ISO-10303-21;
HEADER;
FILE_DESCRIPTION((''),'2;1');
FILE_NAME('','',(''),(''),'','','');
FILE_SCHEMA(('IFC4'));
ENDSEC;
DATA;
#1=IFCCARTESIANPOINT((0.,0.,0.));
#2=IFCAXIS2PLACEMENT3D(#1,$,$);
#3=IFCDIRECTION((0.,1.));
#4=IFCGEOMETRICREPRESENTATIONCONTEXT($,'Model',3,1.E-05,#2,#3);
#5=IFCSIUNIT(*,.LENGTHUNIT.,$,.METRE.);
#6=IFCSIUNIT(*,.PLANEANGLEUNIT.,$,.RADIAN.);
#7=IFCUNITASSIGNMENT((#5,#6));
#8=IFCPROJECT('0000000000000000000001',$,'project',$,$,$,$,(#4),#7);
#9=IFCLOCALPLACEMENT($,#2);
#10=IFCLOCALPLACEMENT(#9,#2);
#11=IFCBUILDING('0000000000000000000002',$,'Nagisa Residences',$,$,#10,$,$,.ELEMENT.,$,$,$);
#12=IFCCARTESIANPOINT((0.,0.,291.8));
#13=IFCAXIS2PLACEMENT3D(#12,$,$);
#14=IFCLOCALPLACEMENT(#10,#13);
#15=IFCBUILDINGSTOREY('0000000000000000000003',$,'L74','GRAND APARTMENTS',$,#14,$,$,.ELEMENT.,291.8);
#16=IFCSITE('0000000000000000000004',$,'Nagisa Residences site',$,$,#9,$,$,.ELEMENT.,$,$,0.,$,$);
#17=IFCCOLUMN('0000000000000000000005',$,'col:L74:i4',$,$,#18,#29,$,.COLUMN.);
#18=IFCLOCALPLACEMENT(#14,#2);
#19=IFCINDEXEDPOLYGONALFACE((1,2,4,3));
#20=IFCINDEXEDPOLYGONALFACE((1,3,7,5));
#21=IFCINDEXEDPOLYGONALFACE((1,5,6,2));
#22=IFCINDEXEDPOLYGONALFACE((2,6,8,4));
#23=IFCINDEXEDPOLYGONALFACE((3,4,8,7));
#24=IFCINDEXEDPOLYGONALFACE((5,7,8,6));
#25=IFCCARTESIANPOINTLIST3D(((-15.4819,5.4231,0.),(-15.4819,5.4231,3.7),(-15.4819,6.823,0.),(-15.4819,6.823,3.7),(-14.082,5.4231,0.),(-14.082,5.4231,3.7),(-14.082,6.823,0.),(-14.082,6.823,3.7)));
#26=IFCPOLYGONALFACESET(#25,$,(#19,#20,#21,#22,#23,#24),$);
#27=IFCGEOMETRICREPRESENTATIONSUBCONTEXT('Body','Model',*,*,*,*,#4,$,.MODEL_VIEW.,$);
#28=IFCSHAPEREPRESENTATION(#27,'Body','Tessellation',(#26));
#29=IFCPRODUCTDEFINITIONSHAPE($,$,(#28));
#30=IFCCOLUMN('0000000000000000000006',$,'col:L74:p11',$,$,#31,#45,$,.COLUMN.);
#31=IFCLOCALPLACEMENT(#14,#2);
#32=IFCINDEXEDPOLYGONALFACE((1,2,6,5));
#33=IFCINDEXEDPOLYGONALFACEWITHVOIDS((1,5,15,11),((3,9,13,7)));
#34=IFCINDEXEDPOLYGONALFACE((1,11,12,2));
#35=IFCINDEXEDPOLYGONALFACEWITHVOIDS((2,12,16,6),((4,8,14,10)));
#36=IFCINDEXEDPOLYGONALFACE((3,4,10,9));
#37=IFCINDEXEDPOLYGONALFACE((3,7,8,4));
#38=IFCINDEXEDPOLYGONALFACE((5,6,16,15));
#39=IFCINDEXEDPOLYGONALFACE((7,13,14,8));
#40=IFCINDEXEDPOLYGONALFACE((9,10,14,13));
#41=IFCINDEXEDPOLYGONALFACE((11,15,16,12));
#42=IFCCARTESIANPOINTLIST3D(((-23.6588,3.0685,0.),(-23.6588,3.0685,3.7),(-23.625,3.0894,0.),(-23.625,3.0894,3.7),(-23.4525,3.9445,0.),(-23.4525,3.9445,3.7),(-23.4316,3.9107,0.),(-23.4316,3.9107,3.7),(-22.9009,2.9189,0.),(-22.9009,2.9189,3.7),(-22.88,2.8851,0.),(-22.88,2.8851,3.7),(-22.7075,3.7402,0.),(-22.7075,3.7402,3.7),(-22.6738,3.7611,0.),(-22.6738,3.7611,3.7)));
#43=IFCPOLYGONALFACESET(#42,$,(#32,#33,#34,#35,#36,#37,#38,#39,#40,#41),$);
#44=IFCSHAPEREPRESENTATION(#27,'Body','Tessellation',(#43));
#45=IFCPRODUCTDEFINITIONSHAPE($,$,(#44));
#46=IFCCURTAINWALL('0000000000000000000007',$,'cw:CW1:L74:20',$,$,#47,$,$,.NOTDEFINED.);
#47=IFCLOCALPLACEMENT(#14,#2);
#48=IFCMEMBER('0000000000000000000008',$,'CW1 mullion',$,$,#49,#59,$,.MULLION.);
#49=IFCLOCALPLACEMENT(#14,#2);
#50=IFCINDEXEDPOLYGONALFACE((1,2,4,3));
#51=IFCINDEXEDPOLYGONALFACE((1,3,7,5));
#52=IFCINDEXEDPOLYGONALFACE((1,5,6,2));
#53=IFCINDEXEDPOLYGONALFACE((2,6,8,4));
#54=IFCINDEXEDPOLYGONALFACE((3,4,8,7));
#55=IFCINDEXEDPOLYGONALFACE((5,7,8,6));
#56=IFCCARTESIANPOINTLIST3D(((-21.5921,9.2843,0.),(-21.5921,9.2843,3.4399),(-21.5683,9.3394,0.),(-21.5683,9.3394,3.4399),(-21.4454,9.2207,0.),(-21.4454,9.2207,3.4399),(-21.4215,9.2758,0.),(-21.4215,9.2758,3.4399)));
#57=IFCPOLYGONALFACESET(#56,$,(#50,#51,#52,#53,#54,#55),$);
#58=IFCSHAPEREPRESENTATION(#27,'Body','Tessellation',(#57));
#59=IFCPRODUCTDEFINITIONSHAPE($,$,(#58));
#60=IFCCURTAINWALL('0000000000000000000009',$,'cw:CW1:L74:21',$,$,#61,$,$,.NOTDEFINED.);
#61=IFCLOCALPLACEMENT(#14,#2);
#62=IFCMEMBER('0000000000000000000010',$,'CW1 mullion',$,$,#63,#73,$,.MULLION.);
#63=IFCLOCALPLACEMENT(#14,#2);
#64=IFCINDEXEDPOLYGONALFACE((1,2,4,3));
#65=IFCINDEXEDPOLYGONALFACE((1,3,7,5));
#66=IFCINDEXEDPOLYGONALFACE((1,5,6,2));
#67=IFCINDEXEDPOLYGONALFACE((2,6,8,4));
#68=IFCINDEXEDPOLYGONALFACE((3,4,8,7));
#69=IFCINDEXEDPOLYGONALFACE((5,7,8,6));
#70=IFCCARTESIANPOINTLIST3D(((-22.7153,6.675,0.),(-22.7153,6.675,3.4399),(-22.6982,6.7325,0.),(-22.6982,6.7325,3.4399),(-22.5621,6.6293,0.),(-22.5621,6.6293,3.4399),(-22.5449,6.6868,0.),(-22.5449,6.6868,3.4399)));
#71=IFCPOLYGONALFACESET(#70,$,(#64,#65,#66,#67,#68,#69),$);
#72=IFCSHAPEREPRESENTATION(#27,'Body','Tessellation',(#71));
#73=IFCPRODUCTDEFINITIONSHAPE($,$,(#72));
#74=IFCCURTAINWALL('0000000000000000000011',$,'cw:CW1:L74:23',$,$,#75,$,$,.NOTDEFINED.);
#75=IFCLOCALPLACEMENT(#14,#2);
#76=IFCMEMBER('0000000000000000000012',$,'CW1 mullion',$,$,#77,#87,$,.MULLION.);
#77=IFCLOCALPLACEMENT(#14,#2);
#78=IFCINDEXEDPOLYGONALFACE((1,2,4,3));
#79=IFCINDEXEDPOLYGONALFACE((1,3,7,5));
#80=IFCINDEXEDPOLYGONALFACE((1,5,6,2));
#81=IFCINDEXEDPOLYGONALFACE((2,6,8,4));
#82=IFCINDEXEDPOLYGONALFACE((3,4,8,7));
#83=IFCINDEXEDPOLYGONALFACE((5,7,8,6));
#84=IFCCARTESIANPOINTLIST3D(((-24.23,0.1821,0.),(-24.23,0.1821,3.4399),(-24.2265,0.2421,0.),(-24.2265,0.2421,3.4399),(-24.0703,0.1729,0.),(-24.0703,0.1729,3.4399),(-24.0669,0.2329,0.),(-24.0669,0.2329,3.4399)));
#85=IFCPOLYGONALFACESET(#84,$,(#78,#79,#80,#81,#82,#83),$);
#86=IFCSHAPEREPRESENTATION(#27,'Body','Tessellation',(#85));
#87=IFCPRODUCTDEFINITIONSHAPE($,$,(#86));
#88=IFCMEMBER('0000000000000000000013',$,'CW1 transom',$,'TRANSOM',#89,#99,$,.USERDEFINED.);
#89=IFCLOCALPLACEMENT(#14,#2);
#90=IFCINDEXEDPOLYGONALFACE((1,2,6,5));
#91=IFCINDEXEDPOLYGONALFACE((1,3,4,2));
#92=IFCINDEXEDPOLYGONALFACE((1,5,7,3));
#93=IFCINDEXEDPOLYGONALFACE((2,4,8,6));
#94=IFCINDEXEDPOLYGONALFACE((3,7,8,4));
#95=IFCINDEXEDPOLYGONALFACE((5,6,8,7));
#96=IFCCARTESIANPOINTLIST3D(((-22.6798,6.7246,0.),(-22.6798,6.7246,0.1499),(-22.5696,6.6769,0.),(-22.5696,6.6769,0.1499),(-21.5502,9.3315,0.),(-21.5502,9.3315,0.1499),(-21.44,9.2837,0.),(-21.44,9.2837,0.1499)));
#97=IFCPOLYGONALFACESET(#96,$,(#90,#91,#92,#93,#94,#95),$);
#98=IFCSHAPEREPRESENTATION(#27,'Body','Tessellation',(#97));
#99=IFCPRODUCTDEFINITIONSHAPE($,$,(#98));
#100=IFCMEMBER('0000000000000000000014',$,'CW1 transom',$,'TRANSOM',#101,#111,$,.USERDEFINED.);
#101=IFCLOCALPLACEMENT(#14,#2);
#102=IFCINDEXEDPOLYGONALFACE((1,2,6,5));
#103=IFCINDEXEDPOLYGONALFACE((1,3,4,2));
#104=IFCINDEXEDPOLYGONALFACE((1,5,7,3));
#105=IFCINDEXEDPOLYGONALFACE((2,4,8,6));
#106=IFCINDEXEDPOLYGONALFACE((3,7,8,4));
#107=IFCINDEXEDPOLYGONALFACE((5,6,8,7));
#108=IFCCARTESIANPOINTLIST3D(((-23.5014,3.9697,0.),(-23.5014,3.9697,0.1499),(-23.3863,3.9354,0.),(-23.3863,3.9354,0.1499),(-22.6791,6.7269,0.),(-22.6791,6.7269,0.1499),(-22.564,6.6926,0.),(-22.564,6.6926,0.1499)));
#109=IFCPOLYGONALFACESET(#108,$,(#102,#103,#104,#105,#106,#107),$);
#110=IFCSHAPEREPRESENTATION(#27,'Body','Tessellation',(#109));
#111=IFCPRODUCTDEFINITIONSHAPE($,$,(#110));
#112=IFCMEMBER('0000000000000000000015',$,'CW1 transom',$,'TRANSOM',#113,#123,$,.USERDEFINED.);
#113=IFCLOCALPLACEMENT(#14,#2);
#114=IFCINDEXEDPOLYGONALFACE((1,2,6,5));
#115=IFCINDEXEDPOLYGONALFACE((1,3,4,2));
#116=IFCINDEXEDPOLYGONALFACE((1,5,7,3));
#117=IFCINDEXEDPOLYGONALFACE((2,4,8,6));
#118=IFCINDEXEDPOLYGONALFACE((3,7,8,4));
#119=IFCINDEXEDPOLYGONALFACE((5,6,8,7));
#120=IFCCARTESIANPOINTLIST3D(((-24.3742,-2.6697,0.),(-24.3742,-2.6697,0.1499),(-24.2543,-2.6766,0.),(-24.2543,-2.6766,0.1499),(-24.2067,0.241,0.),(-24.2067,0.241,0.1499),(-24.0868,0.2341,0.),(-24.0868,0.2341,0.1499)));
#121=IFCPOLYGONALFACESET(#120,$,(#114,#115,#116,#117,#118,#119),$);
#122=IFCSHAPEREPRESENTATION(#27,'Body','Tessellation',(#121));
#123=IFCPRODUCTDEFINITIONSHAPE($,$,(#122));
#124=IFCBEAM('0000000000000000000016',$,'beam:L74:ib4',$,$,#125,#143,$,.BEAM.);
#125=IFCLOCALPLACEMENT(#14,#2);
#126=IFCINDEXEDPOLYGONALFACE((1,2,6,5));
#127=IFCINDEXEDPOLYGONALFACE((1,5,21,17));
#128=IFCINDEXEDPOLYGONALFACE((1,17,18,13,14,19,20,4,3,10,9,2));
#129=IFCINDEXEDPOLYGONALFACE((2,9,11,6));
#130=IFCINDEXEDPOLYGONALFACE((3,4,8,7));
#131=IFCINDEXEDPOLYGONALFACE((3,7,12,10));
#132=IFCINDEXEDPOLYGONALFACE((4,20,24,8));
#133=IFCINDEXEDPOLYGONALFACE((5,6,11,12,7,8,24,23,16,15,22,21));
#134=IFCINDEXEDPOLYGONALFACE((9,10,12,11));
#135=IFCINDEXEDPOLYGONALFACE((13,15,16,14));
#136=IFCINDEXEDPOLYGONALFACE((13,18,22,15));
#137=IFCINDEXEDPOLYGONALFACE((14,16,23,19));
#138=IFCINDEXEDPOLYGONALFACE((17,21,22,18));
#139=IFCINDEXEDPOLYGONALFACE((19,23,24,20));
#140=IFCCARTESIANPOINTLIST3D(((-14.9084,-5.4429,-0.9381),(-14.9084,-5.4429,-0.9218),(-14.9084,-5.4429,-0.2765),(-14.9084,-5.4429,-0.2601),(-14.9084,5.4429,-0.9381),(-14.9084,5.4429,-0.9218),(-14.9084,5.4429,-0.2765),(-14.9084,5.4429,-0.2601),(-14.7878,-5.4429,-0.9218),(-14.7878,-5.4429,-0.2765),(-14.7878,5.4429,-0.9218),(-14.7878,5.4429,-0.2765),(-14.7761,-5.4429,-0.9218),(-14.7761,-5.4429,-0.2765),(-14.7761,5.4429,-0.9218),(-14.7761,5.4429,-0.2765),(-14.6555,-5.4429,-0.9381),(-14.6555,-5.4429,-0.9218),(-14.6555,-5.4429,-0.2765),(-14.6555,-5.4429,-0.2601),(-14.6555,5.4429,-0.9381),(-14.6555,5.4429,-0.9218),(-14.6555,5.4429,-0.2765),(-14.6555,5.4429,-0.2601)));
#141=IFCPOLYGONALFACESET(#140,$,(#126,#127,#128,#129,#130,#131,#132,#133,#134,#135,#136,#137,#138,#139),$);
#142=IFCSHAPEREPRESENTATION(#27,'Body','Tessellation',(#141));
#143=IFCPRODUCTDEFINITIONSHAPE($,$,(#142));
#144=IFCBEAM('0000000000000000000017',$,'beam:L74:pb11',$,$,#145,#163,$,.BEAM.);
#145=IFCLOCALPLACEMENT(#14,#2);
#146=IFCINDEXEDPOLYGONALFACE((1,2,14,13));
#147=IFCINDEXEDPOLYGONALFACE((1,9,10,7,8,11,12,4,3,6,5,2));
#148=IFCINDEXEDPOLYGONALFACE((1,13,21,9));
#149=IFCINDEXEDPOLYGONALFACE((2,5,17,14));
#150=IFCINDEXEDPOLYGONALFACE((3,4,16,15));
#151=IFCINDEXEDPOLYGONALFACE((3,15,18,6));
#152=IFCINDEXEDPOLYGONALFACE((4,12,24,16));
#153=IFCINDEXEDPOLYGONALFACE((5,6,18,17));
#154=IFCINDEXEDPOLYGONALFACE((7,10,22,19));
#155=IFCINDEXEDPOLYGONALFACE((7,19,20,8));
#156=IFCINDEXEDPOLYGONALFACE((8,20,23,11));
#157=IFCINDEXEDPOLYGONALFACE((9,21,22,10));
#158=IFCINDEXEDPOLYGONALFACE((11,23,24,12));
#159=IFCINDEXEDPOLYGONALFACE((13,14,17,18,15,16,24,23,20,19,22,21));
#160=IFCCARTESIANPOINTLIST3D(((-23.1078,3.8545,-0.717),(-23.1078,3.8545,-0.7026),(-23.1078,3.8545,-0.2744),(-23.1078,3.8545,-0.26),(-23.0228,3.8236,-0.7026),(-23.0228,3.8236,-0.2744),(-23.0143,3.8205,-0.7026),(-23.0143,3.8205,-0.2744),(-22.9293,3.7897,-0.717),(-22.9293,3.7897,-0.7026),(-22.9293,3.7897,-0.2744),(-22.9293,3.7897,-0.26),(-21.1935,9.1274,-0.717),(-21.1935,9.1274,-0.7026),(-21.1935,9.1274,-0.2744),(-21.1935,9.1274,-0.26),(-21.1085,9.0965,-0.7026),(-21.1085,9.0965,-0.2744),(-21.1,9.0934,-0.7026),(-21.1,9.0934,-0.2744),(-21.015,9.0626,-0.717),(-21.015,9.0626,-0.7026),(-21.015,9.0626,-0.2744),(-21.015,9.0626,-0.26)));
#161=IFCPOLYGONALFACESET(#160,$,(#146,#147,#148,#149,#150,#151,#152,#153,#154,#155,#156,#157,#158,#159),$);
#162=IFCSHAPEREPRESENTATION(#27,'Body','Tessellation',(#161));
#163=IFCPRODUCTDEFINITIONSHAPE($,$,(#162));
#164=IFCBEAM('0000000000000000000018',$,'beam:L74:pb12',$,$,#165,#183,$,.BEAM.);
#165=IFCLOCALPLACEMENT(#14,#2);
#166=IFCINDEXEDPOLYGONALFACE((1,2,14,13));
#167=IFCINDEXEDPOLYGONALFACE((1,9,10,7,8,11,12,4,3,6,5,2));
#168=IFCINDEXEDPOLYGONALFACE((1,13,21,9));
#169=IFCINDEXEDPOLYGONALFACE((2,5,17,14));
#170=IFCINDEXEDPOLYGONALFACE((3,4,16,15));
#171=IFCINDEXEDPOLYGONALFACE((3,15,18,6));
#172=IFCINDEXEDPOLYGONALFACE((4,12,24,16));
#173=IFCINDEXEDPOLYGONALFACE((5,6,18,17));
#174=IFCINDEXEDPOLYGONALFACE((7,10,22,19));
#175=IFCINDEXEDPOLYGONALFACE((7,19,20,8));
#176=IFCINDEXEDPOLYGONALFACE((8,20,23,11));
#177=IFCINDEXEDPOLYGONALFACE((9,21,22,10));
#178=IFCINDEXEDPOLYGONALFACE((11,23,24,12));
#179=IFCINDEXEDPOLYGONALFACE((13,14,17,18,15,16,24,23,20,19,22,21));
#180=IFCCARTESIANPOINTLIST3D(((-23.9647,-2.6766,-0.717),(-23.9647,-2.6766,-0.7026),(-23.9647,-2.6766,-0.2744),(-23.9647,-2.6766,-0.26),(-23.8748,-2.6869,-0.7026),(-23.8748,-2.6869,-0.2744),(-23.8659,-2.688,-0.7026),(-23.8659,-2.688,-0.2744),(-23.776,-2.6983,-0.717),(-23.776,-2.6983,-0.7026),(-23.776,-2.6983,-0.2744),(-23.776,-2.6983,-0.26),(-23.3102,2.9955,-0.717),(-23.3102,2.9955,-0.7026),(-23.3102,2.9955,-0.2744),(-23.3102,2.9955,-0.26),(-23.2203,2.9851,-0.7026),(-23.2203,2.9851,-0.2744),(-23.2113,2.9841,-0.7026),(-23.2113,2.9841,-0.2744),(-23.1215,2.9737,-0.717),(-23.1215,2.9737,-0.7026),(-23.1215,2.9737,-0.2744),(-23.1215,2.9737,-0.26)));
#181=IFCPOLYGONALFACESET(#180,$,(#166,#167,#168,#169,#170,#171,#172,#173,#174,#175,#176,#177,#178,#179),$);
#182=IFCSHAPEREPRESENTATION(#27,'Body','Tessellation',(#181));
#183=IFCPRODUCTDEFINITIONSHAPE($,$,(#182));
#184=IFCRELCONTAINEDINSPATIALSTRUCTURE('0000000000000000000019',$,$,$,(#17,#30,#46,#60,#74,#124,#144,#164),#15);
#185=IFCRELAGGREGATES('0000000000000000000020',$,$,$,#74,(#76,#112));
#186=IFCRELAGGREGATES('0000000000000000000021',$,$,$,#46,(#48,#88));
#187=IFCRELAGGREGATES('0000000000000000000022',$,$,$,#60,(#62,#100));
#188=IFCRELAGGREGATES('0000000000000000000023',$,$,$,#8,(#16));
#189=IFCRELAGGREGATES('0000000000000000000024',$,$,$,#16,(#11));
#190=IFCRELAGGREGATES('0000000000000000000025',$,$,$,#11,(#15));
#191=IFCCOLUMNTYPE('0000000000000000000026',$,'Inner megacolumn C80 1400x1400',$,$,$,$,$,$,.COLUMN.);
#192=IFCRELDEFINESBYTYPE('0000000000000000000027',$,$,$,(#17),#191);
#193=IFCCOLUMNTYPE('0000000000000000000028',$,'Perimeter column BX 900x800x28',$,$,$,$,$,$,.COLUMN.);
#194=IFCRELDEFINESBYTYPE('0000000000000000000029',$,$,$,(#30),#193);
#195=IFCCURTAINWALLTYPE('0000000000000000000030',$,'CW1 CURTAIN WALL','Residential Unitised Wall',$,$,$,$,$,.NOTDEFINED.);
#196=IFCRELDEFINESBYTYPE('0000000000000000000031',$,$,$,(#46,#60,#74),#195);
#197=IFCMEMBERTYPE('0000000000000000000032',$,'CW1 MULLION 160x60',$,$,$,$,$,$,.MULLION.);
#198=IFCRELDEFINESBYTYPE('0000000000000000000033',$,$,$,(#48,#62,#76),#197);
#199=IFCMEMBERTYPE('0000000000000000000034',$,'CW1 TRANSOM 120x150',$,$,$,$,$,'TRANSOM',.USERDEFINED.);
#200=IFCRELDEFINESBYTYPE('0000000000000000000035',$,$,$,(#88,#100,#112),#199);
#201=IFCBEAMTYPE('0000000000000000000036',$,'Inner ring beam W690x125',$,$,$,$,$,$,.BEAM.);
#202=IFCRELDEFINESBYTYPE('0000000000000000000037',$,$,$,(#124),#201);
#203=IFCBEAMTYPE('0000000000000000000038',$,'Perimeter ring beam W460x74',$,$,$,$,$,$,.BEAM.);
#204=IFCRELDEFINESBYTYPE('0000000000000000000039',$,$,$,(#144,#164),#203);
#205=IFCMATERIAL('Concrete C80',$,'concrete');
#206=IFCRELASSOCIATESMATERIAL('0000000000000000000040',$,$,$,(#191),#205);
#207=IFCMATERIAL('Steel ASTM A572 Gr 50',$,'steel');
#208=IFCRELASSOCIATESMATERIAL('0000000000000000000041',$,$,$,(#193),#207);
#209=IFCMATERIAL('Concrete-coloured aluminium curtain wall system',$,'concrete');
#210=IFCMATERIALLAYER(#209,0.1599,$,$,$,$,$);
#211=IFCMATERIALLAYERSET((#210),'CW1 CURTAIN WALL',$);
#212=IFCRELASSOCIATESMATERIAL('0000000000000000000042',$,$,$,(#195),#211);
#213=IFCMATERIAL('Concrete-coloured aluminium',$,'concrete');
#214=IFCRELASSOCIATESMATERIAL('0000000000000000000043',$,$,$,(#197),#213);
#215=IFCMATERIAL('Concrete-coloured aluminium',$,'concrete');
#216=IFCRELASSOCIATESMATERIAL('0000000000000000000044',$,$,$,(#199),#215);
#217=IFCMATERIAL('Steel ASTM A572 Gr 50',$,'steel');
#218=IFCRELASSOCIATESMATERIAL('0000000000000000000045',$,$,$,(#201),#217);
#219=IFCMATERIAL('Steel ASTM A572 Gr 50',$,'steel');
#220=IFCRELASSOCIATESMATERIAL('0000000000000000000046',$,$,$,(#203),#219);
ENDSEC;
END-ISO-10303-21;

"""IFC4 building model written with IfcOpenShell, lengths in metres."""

from ifc_helpers import new_model, si_unit, direction, frame, origin, origin_2d, place, context, subcontext, project, spatial, rectangle, hollow_rectangle, i_section, extrude, material, layer, layer_set, material_profile, profile_set, type_object, element, aggregate, save


model = new_model("IFC4")

# Units and contexts
model_context = context("Model", 3, precision=1e-05, world=origin(), true_north=direction((0.0, 1.0)))
body_context = subcontext(model_context, "Body", "Model", "MODEL_VIEW")
ifc_project = project(units=[si_unit("LENGTHUNIT", "METRE"), si_unit("PLANEANGLEUNIT", "RADIAN")], contexts=[model_context])

# Site, building, storey
site_placement = place(None, origin())
site = spatial("IfcSite", under=ifc_project, at=site_placement, Name="Nagisa Residences site", CompositionType="ELEMENT", RefElevation=0.0)
building_placement = place(site_placement, origin())
building = spatial("IfcBuilding", under=site, at=building_placement, Name="Nagisa Residences", CompositionType="ELEMENT")
storey_placement = place(building_placement, frame((0.0, 0.0, 291.8)))
storey = spatial("IfcBuildingStorey", under=building, at=storey_placement, Name="L74", Description="GRAND APARTMENTS", CompositionType="ELEMENT", Elevation=291.8)

# Columns
ifc_material_1 = material(Name="Concrete C80", Category="concrete")
ifc_material_profile_1 = material_profile(ifc_material_1, rectangle(XDim=1.3999, YDim=1.3999, at=origin_2d()), Name="C80 1400x1400")
ifc_profile_set_1 = profile_set([ifc_material_profile_1], Name="Concrete C80")
column_type_1 = type_object("IfcColumnType", Name="Inner megacolumn C80 1400x1400", PredefinedType="COLUMN", material=ifc_profile_set_1)
column_1_placement = place(storey_placement, frame((-14.782, 6.123, 0.0), z_axis=(0.0, 0.0, 1.0), x_axis=(1.0, 0.0, 0.0)))
element("IfcColumn", 1, at=column_1_placement, inside=storey, type_object=column_type_1, Name="col:L74:i4", PredefinedType="COLUMN", context=body_context, shape_type="SweptSolid", body=[
    extrude(rectangle(XDim=1.3999, YDim=1.3999, at=origin_2d()), origin(), (0.0, 0.0, 1.0), 3.7),
])
ifc_material_2 = material(Name="Steel ASTM A572 Gr 50", Category="steel")
ifc_material_profile_2 = material_profile(ifc_material_2, hollow_rectangle(XDim=0.8999, YDim=0.8, WallThickness=0.0281, at=origin_2d()), Name="BX 900x800x28")
ifc_profile_set_2 = profile_set([ifc_material_profile_2], Name="Steel ASTM A572 Gr 50")
column_type_2 = type_object("IfcColumnType", Name="Perimeter column BX 900x800x28", PredefinedType="COLUMN", material=ifc_profile_set_2)
column_2_placement = place(storey_placement, frame((-23.1663, 3.4148, 0.0), z_axis=(0.0, 0.0, 1.0), x_axis=(-0.229202, -0.973379, 0.0)))
element("IfcColumn", 2, at=column_2_placement, inside=storey, type_object=column_type_2, Name="col:L74:p11", PredefinedType="COLUMN", context=body_context, shape_type="SweptSolid", body=[
    extrude(hollow_rectangle(XDim=0.8999, YDim=0.8, WallThickness=0.0281, at=origin_2d()), origin(), (0.0, 0.0, 1.0), 3.7),
])

# Curtain walls, members
ifc_material_3 = material(Name="Concrete-coloured aluminium curtain wall system", Category="concrete")
ifc_layer_1 = layer(ifc_material_3, 0.1599)
ifc_layer_set_1 = layer_set([ifc_layer_1], Name="CW1 CURTAIN WALL")
curtain_wall_type = type_object("IfcCurtainWallType", Name="CW1 CURTAIN WALL", Description="Residential Unitised Wall", PredefinedType="NOTDEFINED", material=ifc_layer_set_1)
curtain_wall_1_placement = place(storey_placement, origin())
curtain_wall_1 = element("IfcCurtainWall", 3, at=curtain_wall_1_placement, inside=storey, type_object=curtain_wall_type, Name="cw:CW1:L74:20", PredefinedType="NOTDEFINED")
ifc_material_4 = material(Name="Concrete-coloured aluminium", Category="concrete")
ifc_material_profile_3 = material_profile(ifc_material_4, rectangle(XDim=0.1599, YDim=0.0601, at=origin_2d()), Name="CW1 MULLION 160x60")
ifc_profile_set_3 = profile_set([ifc_material_profile_3], Name="Concrete-coloured aluminium")
member_type_1 = type_object("IfcMemberType", Name="CW1 MULLION 160x60", PredefinedType="MULLION", material=ifc_profile_set_3)
member_1_placement = place(storey_placement, frame((-21.5068, 9.28, 0.0), z_axis=(0.0, 0.0, 1.0), x_axis=(0.917543, -0.397636, 0.0)))
member_1 = element("IfcMember", 4, at=member_1_placement, type_object=member_type_1, Name="CW1 mullion", PredefinedType="MULLION", context=body_context, shape_type="SweptSolid", body=[
    extrude(rectangle(XDim=0.1599, YDim=0.0601, at=origin_2d()), origin(), (0.0, 0.0, 1.0), 3.4399),
])
curtain_wall_2_placement = place(storey_placement, origin())
curtain_wall_2 = element("IfcCurtainWall", 5, at=curtain_wall_2_placement, inside=storey, type_object=curtain_wall_type, Name="cw:CW1:L74:21", PredefinedType="NOTDEFINED")
member_2_placement = place(storey_placement, frame((-22.6301, 6.6809, 0.0), z_axis=(0.0, 0.0, 1.0), x_axis=(0.958271, -0.28586, 0.0)))
member_2 = element("IfcMember", 6, at=member_2_placement, type_object=member_type_1, Name="CW1 mullion", PredefinedType="MULLION", context=body_context, shape_type="SweptSolid", body=[
    extrude(rectangle(XDim=0.1599, YDim=0.0601, at=origin_2d()), origin(), (0.0, 0.0, 1.0), 3.4399),
])
curtain_wall_3_placement = place(storey_placement, origin())
curtain_wall_3 = element("IfcCurtainWall", 7, at=curtain_wall_3_placement, inside=storey, type_object=curtain_wall_type, Name="cw:CW1:L74:23", PredefinedType="NOTDEFINED")
member_3_placement = place(storey_placement, frame((-24.1484, 0.2075, 0.0), z_axis=(0.0, 0.0, 1.0), x_axis=(0.998345, -0.057503, 0.0)))
member_3 = element("IfcMember", 8, at=member_3_placement, type_object=member_type_1, Name="CW1 mullion", PredefinedType="MULLION", context=body_context, shape_type="SweptSolid", body=[
    extrude(rectangle(XDim=0.1599, YDim=0.0601, at=origin_2d()), origin(), (0.0, 0.0, 1.0), 3.4399),
])

# Members
ifc_material_5 = material(Name="Concrete-coloured aluminium", Category="concrete")
ifc_material_profile_4 = material_profile(ifc_material_5, rectangle(XDim=0.1201, YDim=0.1499, at=origin_2d()), Name="CW1 TRANSOM 120x150")
ifc_profile_set_4 = profile_set([ifc_material_profile_4], Name="Concrete-coloured aluminium")
member_type_2 = type_object("IfcMemberType", Name="CW1 TRANSOM 120x150", ElementType="TRANSOM", PredefinedType="USERDEFINED", material=ifc_profile_set_4)
member_4_placement = place(storey_placement, frame((-21.4951, 9.3076, 0.075), z_axis=(-0.397598, -0.91756, 0.0), x_axis=(0.91756, -0.397598, 0.0)))
member_4 = element("IfcMember", 9, at=member_4_placement, type_object=member_type_2, Name="CW1 transom", ObjectType="TRANSOM", PredefinedType="USERDEFINED", context=body_context, shape_type="SweptSolid", body=[
    extrude(rectangle(XDim=0.1201, YDim=0.1499, at=origin_2d()), origin(), (0.0, 0.0, 1.0), 2.8411),
])
member_5_placement = place(storey_placement, frame((-22.6216, 6.7097, 0.075), z_axis=(-0.285798, -0.95829, 0.0), x_axis=(0.95829, -0.285798, 0.0)))
member_5 = element("IfcMember", 10, at=member_5_placement, type_object=member_type_2, Name="CW1 transom", ObjectType="TRANSOM", PredefinedType="USERDEFINED", context=body_context, shape_type="SweptSolid", body=[
    extrude(rectangle(XDim=0.1201, YDim=0.1499, at=origin_2d()), origin(), (0.0, 0.0, 1.0), 2.8772),
])
member_6_placement = place(storey_placement, frame((-24.1467, 0.2375, 0.075), z_axis=(-0.057446, -0.998349, 0.0), x_axis=(0.998349, -0.057446, 0.0)))
member_6 = element("IfcMember", 11, at=member_6_placement, type_object=member_type_2, Name="CW1 transom", ObjectType="TRANSOM", PredefinedType="USERDEFINED", context=body_context, shape_type="SweptSolid", body=[
    extrude(rectangle(XDim=0.1201, YDim=0.1499, at=origin_2d()), origin(), (0.0, 0.0, 1.0), 2.9155),
])
aggregate(curtain_wall_3, [member_3, member_6])

# Beams
ifc_material_6 = material(Name="Steel ASTM A572 Gr 50", Category="steel")
ifc_material_profile_5 = material_profile(ifc_material_6, i_section(OverallWidth=0.2529, OverallDepth=0.678, WebThickness=0.0117, FlangeThickness=0.0164, at=origin_2d()), Name="W690x125")
ifc_profile_set_5 = profile_set([ifc_material_profile_5], Name="Steel ASTM A572 Gr 50")
beam_type_1 = type_object("IfcBeamType", Name="Inner ring beam W690x125", PredefinedType="BEAM", material=ifc_profile_set_5)
beam_1_placement = place(storey_placement, frame((-14.782, 5.4429, -0.5991), z_axis=(0.0, -1.0, 0.0), x_axis=(1.0, 0.0, 0.0)))
element("IfcBeam", 12, at=beam_1_placement, inside=storey, type_object=beam_type_1, Name="beam:L74:ib4", PredefinedType="BEAM", context=body_context, shape_type="SweptSolid", body=[
    extrude(i_section(OverallWidth=0.2529, OverallDepth=0.678, WebThickness=0.0117, FlangeThickness=0.0164, at=origin_2d()), origin(), (0.0, 0.0, 1.0), 10.8857),
])
ifc_material_7 = material(Name="Steel ASTM A572 Gr 50", Category="steel")
ifc_material_profile_6 = material_profile(ifc_material_7, i_section(OverallWidth=0.1899, OverallDepth=0.457, WebThickness=0.009, FlangeThickness=0.0144, at=origin_2d()), Name="W460x74")
ifc_profile_set_6 = profile_set([ifc_material_profile_6], Name="Steel ASTM A572 Gr 50")
beam_type_2 = type_object("IfcBeamType", Name="Perimeter ring beam W460x74", PredefinedType="BEAM", material=ifc_profile_set_6)
beam_2_placement = place(storey_placement, frame((-21.1042, 9.095, -0.4885), z_axis=(-0.34125, -0.939972, 0.0), x_axis=(0.939972, -0.34125, 0.0)))
element("IfcBeam", 13, at=beam_2_placement, inside=storey, type_object=beam_type_2, Name="beam:L74:pb11", PredefinedType="BEAM", context=body_context, shape_type="SweptSolid", body=[
    extrude(i_section(OverallWidth=0.1899, OverallDepth=0.457, WebThickness=0.009, FlangeThickness=0.0144, at=origin_2d()), origin(), (0.0, 0.0, 1.0), 5.6096),
])
beam_3_placement = place(storey_placement, frame((-23.2158, 2.9846, -0.4885), z_axis=(-0.114635, -0.993408, 0.0), x_axis=(0.993408, -0.114635, 0.0)))
element("IfcBeam", 14, at=beam_3_placement, inside=storey, type_object=beam_type_2, Name="beam:L74:pb12", PredefinedType="BEAM", context=body_context, shape_type="SweptSolid", body=[
    extrude(i_section(OverallWidth=0.1899, OverallDepth=0.457, WebThickness=0.009, FlangeThickness=0.0144, at=origin_2d()), origin(), (0.0, 0.0, 1.0), 5.7097),
])

aggregate(curtain_wall_1, [member_1, member_4])
aggregate(curtain_wall_2, [member_2, member_5])

save(model, "model.ifc")
